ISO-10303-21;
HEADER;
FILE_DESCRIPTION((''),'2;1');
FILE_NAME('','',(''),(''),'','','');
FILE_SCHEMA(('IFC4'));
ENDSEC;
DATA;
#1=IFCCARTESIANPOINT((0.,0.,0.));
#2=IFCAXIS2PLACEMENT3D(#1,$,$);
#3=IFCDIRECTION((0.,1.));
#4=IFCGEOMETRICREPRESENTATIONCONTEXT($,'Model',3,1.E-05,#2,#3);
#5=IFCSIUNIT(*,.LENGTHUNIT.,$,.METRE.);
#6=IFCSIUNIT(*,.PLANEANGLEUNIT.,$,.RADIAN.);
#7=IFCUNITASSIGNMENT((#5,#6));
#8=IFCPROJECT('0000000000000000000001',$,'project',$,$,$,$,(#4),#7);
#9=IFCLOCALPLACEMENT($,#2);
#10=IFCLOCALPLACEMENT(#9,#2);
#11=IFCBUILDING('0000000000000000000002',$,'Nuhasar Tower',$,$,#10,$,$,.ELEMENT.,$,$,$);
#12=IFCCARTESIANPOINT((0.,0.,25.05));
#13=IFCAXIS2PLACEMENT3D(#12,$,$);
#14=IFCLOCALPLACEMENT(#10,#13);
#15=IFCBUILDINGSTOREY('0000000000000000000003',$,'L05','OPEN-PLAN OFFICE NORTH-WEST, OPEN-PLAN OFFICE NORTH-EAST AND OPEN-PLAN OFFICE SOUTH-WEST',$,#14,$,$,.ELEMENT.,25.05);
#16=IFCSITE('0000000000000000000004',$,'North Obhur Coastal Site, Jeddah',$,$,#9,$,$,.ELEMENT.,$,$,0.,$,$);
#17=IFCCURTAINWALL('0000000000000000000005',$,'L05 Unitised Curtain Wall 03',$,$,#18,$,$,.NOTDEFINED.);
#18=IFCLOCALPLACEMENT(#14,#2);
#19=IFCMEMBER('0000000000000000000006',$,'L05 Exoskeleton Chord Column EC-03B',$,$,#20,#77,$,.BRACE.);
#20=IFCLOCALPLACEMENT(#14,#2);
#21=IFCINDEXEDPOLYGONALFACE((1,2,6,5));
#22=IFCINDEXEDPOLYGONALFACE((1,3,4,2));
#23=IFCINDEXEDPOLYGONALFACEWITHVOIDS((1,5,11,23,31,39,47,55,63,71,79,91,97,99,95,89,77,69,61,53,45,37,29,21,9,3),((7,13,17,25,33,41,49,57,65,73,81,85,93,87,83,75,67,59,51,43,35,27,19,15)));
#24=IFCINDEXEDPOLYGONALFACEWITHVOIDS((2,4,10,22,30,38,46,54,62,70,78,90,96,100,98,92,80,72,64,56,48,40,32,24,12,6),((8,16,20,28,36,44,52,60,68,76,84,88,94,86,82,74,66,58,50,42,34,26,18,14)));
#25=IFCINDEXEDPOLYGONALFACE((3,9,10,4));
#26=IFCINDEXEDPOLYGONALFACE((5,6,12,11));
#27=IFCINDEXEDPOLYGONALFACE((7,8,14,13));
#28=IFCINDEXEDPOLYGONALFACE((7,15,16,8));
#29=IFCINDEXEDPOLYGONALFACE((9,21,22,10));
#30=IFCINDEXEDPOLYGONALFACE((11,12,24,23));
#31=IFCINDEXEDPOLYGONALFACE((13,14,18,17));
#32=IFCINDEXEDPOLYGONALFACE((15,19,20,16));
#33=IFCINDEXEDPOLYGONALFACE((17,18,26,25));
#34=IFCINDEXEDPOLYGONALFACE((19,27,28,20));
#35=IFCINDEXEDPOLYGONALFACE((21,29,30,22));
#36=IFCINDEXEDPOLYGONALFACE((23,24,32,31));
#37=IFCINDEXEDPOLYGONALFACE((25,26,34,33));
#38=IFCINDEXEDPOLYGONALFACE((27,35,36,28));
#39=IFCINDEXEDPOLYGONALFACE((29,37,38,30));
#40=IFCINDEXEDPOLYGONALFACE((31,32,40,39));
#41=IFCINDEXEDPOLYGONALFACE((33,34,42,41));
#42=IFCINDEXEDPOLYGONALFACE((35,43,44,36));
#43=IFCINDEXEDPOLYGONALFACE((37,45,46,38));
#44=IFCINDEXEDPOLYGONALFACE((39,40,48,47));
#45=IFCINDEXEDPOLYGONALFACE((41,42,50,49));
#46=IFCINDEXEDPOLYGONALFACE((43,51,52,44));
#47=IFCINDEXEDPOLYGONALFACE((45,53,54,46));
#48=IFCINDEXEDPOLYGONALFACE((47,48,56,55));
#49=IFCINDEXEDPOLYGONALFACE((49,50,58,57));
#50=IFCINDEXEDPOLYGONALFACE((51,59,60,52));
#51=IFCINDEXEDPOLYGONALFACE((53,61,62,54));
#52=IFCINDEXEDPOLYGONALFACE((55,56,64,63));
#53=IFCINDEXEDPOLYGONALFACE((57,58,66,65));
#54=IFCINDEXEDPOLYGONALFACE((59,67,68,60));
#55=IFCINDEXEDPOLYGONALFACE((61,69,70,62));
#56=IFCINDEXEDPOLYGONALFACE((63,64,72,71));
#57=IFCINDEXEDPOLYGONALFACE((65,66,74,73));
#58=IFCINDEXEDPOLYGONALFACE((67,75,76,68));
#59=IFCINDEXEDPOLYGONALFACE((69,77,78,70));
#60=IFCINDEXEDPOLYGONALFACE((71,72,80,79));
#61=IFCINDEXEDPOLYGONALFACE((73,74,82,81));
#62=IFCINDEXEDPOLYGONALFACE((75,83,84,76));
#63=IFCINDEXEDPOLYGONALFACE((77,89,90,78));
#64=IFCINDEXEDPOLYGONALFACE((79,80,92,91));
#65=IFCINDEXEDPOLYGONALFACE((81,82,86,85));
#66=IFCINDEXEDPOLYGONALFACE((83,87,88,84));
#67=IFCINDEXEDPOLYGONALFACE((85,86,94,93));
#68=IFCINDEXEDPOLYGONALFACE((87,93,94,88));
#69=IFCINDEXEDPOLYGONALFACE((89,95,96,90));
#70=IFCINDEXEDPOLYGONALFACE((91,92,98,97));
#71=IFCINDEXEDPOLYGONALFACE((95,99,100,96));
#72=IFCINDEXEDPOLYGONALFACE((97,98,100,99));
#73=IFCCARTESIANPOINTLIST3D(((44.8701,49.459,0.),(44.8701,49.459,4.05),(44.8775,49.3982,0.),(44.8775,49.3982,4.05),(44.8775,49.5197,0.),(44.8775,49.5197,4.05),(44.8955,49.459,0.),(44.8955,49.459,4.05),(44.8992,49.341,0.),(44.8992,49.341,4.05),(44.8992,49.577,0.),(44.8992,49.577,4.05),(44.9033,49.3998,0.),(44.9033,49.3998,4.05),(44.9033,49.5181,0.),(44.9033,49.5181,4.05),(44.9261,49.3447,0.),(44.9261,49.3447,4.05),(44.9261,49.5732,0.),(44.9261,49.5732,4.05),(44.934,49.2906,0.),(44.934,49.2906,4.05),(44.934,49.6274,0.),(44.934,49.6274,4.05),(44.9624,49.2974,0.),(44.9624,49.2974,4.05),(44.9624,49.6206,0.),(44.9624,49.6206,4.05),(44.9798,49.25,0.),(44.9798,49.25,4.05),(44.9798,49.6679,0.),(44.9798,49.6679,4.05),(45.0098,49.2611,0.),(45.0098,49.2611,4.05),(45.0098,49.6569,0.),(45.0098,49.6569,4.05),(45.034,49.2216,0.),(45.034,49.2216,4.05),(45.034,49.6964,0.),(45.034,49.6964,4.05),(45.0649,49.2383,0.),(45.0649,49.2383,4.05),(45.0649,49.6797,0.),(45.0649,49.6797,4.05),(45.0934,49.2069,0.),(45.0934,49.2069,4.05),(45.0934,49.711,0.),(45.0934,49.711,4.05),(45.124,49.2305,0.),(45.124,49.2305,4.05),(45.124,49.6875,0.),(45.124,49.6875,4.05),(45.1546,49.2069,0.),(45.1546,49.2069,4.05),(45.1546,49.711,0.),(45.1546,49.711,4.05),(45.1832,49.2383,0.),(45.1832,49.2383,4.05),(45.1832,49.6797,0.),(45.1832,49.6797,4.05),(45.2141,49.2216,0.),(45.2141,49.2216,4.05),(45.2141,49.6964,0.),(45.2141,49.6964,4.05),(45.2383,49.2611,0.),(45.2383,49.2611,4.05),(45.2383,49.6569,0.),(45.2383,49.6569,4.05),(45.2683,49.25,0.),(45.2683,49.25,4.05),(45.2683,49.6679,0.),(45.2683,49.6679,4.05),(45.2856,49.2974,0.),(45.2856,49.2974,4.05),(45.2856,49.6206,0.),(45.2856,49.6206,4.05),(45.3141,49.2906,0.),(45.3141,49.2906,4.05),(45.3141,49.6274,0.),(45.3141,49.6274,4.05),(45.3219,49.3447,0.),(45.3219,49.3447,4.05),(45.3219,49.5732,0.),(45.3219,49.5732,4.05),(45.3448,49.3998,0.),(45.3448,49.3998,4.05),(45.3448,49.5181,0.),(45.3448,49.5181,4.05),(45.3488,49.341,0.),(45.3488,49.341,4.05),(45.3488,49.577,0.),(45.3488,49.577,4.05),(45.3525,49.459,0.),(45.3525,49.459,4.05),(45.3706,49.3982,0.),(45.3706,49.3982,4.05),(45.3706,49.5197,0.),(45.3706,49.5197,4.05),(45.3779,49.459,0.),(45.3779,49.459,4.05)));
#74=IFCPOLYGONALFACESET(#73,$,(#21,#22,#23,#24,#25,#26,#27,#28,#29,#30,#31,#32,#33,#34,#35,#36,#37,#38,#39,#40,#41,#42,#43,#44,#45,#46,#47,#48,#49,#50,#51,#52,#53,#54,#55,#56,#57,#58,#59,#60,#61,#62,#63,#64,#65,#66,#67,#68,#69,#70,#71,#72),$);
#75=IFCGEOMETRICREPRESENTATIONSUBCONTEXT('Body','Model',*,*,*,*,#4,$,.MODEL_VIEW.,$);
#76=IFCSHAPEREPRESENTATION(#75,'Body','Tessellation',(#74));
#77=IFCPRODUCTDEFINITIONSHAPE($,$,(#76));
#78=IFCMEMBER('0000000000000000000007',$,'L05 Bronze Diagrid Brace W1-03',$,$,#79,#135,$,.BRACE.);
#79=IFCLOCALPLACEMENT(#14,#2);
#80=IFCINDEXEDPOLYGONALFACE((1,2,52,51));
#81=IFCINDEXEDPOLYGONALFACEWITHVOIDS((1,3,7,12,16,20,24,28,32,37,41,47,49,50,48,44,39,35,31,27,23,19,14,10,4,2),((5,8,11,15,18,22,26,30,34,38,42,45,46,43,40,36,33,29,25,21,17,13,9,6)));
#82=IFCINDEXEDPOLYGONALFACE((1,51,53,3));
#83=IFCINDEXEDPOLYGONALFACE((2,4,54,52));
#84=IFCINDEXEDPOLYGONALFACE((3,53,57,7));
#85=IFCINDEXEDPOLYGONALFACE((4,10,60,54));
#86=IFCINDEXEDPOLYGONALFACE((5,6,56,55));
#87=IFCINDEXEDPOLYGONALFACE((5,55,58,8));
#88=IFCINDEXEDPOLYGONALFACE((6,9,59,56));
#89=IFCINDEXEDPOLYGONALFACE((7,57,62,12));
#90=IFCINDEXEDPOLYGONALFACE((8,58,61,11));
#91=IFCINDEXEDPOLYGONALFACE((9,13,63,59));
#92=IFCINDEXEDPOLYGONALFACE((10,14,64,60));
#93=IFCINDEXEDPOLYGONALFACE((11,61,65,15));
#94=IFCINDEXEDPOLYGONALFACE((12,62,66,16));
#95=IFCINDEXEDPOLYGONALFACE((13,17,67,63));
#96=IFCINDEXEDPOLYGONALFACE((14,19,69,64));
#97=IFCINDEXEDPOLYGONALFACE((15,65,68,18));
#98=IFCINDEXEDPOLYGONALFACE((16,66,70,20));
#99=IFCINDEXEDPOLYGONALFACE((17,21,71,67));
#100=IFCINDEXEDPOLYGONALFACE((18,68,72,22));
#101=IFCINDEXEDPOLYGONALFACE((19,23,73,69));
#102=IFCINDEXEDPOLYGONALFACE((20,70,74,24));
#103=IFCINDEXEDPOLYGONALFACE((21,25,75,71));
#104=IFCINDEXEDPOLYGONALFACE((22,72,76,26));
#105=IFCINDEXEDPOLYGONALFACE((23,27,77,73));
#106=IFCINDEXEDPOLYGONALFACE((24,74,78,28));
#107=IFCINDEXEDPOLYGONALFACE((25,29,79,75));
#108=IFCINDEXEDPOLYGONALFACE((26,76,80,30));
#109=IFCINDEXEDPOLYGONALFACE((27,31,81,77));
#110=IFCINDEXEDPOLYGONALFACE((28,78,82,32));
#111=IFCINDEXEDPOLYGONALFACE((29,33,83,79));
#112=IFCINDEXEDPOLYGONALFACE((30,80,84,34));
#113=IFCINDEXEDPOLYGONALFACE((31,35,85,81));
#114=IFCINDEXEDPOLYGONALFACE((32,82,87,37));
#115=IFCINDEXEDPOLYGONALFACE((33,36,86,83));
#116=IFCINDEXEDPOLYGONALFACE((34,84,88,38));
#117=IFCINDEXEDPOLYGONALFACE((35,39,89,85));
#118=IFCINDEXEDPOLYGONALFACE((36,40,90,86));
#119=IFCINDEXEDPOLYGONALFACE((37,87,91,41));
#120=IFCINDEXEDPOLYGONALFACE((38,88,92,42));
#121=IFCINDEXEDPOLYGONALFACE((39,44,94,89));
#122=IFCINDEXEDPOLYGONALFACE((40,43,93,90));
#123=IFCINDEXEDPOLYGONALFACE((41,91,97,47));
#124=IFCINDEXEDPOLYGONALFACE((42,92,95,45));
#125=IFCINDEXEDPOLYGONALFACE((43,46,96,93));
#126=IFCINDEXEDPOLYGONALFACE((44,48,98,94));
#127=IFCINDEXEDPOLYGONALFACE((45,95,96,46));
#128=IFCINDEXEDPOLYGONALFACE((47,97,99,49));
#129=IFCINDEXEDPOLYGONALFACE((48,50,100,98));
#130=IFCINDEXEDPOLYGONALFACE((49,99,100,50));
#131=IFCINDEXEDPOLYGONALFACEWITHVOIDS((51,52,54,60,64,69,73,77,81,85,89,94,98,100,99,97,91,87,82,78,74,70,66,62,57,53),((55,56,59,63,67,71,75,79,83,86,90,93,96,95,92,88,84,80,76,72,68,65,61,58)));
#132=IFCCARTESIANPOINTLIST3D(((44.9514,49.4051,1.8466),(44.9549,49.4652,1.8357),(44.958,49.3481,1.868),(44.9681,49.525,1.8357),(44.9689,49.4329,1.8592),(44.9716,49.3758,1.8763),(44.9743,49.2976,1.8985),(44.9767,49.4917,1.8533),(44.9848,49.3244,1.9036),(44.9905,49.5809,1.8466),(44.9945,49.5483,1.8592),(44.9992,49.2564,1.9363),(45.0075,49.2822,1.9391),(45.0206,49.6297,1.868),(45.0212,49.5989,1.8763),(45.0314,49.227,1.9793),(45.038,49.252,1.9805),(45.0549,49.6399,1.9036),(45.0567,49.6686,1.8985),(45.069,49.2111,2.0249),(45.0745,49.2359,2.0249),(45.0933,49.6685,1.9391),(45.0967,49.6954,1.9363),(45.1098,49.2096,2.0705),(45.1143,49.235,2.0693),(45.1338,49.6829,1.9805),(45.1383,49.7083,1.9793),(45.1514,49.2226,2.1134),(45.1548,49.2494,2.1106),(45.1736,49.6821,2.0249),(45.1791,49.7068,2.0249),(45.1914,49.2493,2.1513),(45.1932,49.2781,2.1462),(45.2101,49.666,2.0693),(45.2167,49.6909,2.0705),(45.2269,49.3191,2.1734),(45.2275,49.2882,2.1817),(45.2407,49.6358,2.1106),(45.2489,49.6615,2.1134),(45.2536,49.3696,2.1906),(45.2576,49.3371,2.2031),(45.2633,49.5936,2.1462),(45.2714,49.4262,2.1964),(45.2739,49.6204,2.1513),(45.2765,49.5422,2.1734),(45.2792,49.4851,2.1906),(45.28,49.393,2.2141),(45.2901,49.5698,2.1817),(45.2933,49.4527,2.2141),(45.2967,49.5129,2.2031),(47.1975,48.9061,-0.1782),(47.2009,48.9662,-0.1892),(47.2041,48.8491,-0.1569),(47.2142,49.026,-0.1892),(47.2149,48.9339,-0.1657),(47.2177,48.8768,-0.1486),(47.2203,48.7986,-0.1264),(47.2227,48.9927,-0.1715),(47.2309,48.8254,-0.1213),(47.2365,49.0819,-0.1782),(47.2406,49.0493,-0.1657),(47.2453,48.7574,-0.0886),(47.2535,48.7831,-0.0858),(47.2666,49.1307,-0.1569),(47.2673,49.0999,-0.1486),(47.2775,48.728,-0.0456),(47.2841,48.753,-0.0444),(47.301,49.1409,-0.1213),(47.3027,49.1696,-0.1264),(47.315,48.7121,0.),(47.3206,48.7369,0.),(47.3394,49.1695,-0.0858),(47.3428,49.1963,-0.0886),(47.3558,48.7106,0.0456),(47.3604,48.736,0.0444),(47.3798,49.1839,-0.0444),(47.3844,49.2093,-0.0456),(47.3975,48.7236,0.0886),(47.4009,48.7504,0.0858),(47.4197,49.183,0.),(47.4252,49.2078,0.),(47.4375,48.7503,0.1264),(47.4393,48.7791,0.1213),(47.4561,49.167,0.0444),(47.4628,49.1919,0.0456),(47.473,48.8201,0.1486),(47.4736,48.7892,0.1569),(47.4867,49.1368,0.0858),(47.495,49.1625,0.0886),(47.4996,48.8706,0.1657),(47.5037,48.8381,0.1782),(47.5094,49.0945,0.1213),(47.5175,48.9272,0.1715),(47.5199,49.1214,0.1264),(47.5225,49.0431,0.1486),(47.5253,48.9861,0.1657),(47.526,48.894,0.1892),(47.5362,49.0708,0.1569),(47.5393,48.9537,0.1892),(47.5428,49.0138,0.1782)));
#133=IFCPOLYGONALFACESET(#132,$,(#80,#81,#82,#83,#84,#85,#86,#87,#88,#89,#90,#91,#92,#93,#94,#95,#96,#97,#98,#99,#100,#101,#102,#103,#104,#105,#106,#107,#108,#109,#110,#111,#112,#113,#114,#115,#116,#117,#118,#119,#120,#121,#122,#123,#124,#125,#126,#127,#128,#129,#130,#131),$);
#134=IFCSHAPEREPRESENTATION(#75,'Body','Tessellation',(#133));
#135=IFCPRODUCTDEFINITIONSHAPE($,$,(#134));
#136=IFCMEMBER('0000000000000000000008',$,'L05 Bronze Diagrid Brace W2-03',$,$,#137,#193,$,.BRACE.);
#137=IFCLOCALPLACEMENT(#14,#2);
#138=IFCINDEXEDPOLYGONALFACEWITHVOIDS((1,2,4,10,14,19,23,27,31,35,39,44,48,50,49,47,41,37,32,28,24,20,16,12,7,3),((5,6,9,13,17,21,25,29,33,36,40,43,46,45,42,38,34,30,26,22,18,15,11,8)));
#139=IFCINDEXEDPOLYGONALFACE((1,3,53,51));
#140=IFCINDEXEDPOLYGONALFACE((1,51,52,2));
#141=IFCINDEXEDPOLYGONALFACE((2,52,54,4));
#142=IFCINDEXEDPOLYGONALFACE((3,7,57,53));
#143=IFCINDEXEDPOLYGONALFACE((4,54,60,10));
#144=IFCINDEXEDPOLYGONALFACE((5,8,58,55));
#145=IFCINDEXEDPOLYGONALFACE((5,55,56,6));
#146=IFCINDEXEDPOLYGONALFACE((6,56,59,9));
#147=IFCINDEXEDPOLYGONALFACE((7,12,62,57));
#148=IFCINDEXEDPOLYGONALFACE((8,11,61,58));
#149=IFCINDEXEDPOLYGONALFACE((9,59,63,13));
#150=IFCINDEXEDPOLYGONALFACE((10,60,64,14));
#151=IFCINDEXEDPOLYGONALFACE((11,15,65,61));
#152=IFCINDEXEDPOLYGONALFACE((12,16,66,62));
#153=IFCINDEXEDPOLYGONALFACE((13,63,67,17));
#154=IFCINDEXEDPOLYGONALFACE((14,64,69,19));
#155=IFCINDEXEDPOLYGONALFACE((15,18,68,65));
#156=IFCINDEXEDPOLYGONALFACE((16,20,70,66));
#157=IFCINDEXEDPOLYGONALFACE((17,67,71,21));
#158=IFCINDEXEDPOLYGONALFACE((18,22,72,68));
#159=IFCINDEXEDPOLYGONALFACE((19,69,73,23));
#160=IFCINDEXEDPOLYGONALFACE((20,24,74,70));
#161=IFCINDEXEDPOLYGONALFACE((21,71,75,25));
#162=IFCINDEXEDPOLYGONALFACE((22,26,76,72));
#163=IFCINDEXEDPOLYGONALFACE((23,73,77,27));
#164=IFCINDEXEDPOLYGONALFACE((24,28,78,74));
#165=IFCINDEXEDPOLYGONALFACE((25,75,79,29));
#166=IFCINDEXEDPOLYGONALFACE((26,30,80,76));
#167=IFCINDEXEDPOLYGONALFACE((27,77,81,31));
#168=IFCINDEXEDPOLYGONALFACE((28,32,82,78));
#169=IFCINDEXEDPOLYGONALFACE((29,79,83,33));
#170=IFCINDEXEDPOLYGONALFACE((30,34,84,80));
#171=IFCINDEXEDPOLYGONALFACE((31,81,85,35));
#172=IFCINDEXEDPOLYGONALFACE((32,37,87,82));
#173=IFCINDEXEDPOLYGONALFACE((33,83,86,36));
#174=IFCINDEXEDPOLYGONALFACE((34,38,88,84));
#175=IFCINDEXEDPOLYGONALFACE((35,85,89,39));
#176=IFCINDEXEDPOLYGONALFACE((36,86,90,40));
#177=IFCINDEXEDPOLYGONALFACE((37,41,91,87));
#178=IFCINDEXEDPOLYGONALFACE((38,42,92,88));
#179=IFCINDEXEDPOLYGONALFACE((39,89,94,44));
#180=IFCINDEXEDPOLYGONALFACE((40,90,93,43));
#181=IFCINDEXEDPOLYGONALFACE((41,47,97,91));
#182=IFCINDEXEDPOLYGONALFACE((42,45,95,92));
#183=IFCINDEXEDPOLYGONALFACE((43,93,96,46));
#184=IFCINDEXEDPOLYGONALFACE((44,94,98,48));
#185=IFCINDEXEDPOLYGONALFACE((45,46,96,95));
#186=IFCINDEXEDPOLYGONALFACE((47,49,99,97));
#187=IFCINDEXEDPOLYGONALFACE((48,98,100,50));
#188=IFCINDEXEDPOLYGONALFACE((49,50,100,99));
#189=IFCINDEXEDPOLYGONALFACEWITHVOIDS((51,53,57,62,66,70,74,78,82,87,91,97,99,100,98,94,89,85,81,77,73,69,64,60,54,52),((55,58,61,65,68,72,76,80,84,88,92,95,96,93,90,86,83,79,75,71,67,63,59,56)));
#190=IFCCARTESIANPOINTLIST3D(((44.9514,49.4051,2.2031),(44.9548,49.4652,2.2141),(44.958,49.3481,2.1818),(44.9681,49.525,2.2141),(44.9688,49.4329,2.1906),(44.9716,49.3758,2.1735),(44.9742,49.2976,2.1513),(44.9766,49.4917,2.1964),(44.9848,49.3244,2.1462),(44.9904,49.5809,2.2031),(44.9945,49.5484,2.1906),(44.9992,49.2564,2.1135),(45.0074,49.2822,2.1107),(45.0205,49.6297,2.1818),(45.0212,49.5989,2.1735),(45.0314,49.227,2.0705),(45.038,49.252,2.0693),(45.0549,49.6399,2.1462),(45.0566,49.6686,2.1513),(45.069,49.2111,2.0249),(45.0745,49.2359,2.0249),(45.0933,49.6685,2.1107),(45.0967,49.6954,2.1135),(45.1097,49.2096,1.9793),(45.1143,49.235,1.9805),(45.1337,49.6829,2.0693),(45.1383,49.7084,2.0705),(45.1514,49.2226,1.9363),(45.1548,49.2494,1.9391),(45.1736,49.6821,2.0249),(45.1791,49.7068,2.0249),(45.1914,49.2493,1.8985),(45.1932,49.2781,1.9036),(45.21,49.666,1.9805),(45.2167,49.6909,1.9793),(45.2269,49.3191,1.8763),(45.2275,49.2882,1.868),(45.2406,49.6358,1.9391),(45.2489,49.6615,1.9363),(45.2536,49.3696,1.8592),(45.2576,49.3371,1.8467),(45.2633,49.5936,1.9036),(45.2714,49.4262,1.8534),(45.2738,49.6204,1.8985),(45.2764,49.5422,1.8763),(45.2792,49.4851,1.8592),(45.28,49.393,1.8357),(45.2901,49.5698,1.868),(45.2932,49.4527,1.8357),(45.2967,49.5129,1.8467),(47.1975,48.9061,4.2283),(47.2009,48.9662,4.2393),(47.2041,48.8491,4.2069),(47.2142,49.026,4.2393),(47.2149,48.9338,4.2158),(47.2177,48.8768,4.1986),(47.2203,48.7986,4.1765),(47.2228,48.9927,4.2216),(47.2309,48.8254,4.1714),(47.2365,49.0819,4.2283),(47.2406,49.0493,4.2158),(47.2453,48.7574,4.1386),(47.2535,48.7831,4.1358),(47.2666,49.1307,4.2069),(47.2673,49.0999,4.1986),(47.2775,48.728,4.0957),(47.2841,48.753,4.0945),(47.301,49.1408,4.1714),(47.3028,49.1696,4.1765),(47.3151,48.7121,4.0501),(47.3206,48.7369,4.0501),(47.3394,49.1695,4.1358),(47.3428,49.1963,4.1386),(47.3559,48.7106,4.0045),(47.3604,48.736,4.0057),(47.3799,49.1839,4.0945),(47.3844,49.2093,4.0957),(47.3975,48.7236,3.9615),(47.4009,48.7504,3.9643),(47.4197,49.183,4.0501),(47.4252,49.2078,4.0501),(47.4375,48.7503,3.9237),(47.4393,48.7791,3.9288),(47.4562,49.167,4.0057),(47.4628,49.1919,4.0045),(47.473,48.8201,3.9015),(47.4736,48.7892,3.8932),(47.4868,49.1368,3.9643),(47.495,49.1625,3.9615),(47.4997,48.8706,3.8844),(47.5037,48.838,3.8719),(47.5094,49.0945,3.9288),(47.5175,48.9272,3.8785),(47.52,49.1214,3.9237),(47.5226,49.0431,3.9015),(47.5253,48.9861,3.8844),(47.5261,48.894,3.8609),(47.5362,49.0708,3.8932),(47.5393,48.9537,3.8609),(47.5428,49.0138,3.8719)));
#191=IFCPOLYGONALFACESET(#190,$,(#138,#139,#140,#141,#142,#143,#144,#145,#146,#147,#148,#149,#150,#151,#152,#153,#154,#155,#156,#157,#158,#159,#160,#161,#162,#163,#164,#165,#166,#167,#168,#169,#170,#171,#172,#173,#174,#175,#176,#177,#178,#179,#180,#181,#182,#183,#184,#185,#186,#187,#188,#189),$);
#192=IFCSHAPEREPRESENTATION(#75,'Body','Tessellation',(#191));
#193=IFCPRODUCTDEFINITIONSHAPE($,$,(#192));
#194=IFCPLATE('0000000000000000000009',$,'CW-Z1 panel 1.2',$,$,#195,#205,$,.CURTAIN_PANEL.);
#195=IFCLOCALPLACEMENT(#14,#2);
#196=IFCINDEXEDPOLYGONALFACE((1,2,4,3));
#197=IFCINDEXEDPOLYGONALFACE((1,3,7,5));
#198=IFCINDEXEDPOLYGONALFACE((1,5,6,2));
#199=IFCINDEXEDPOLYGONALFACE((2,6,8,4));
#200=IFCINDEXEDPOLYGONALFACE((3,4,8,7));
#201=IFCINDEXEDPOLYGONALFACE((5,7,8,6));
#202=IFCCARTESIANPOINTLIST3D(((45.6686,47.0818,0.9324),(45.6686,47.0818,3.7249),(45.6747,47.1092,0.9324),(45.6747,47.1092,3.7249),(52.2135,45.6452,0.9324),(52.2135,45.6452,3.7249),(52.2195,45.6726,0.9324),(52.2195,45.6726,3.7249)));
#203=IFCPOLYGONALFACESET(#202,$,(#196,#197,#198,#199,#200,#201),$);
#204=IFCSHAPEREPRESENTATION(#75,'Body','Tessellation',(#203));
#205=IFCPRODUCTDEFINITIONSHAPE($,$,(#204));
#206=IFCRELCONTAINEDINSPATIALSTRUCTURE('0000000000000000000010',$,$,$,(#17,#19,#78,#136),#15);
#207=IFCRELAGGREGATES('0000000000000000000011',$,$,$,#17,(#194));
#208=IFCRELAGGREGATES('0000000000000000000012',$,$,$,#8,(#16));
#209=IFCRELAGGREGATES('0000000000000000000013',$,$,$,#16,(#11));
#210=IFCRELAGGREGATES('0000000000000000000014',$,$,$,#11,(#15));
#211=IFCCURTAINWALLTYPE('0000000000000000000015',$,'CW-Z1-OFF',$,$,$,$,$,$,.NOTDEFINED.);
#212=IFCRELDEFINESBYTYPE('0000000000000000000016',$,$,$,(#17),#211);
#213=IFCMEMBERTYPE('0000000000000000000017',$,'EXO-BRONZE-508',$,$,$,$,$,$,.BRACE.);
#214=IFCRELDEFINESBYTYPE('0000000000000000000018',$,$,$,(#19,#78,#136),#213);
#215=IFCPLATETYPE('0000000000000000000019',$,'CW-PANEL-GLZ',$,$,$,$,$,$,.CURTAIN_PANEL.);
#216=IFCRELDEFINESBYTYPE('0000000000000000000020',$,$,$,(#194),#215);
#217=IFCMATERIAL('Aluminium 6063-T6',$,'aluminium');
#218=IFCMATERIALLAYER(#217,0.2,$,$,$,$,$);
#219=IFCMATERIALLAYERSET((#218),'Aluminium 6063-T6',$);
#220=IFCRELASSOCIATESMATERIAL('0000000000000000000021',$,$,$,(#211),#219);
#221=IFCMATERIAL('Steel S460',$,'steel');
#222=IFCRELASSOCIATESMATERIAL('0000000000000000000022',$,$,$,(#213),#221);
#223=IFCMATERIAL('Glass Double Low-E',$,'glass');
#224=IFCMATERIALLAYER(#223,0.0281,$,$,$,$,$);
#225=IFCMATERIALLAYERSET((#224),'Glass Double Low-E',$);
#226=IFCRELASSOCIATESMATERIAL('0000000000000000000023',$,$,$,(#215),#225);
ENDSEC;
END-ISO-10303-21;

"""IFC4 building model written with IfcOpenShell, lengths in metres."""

from ifc_helpers import new_model, si_unit, direction, frame, origin, origin_2d, place, context, subcontext, project, spatial, rectangle, hollow_circle, extrude, material, layer, layer_set, material_profile, profile_set, type_object, element, aggregate, save


model = new_model("IFC4")

# Units and contexts
model_context = context("Model", 3, precision=1e-05, world=origin(), true_north=direction((0.0, 1.0)))
body_context = subcontext(model_context, "Body", "Model", "MODEL_VIEW")
ifc_project = project(units=[si_unit("LENGTHUNIT", "METRE"), si_unit("PLANEANGLEUNIT", "RADIAN")], contexts=[model_context])

# Site, building, storey
site_placement = place(None, origin())
site = spatial("IfcSite", under=ifc_project, at=site_placement, Name="North Obhur Coastal Site, Jeddah", CompositionType="ELEMENT", RefElevation=0.0)
building_placement = place(site_placement, origin())
building = spatial("IfcBuilding", under=site, at=building_placement, Name="Nuhasar Tower", CompositionType="ELEMENT")
storey_placement = place(building_placement, frame((0.0, 0.0, 25.05)))
storey = spatial("IfcBuildingStorey", under=building, at=storey_placement, Name="L05", Description="OPEN-PLAN OFFICE NORTH-WEST, OPEN-PLAN OFFICE NORTH-EAST AND OPEN-PLAN OFFICE SOUTH-WEST", CompositionType="ELEMENT", Elevation=25.05)

# Curtain wall
ifc_material_1 = material(Name="Aluminium 6063-T6", Category="aluminium")
ifc_layer_1 = layer(ifc_material_1, 0.2)
ifc_layer_set_1 = layer_set([ifc_layer_1], Name="Aluminium 6063-T6")
curtain_wall_type = type_object("IfcCurtainWallType", Name="CW-Z1-OFF", PredefinedType="NOTDEFINED", material=ifc_layer_set_1)
curtain_wall_placement = place(storey_placement, origin())
curtain_wall = element("IfcCurtainWall", 1, at=curtain_wall_placement, inside=storey, type_object=curtain_wall_type, Name="L05 Unitised Curtain Wall 03", PredefinedType="NOTDEFINED")

# Members
ifc_material_2 = material(Name="Steel S460", Category="steel")
ifc_material_profile_1 = material_profile(ifc_material_2, hollow_circle(Radius=0.2539, WallThickness=0.0254, at=origin_2d()), Name="HSS508X25.4")
ifc_profile_set_1 = profile_set([ifc_material_profile_1], Name="Steel S460")
member_type_1 = type_object("IfcMemberType", Name="EXO-BRONZE-508", PredefinedType="BRACE", material=ifc_profile_set_1)
for number, where, z_axis, x_axis, name in (
    (2, (45.124, 49.459, 0.0), (0.0, 0.0, 1.0), (1.0, 0.0, 0.0), "L05 Exoskeleton Chord Column EC-03B"),
):
    element("IfcMember", number, at=place(storey_placement, frame(where, z_axis=z_axis, x_axis=x_axis)), inside=storey, type_object=member_type_1, Name=name, PredefinedType="BRACE", context=body_context, shape_type="SweptSolid", body=[
        extrude(hollow_circle(Radius=0.2539, WallThickness=0.0254, at=origin_2d()), origin(), (0.0, 0.0, 1.0), 4.05),
    ])
member_1_placement = place(storey_placement, frame((47.3701, 48.96, 0.0), z_axis=(-0.732821, 0.162814, 0.660654), x_axis=(-0.216886, -0.976197, 0.0)))
element("IfcMember", 3, at=member_1_placement, inside=storey, type_object=member_type_1, Name="L05 Bronze Diagrid Brace W1-03", PredefinedType="BRACE", context=body_context, shape_type="SweptSolid", body=[
    extrude(hollow_circle(Radius=0.2539, WallThickness=0.0254, at=origin_2d()), origin(), (0.0, 0.0, 1.0), 3.0649),
])
member_2_placement = place(storey_placement, frame((45.124, 49.459, 2.0249), z_axis=(0.732783, -0.162805, 0.660699), x_axis=(0.216886, 0.976197, 0.0)))
element("IfcMember", 4, at=member_2_placement, inside=storey, type_object=member_type_1, Name="L05 Bronze Diagrid Brace W2-03", PredefinedType="BRACE", context=body_context, shape_type="SweptSolid", body=[
    extrude(hollow_circle(Radius=0.2539, WallThickness=0.0254, at=origin_2d()), origin(), (0.0, 0.0, 1.0), 3.0652),
])

# Plate
ifc_material_3 = material(Name="Glass Double Low-E", Category="glass")
ifc_layer_2 = layer(ifc_material_3, 0.0281)
ifc_layer_set_2 = layer_set([ifc_layer_2], Name="Glass Double Low-E")
plate_type_1 = type_object("IfcPlateType", Name="CW-PANEL-GLZ", PredefinedType="CURTAIN_PANEL", material=ifc_layer_set_2)
plate_1_placement = place(storey_placement, frame((48.9441, 46.3772, 0.9324), z_axis=(0.0, 0.0, 1.0), x_axis=(-0.976746, 0.214399, 0.0)))
plate_1 = element("IfcPlate", 5, at=plate_1_placement, type_object=plate_type_1, Name="CW-Z1 panel 1.2", PredefinedType="CURTAIN_PANEL", context=body_context, shape_type="SweptSolid", body=[
    extrude(rectangle(XDim=6.7007, YDim=0.0281, at=origin_2d()), origin(), (0.0, 0.0, 1.0), 2.7925),
])
aggregate(curtain_wall, [plate_1])

save(model, "model.ifc")
